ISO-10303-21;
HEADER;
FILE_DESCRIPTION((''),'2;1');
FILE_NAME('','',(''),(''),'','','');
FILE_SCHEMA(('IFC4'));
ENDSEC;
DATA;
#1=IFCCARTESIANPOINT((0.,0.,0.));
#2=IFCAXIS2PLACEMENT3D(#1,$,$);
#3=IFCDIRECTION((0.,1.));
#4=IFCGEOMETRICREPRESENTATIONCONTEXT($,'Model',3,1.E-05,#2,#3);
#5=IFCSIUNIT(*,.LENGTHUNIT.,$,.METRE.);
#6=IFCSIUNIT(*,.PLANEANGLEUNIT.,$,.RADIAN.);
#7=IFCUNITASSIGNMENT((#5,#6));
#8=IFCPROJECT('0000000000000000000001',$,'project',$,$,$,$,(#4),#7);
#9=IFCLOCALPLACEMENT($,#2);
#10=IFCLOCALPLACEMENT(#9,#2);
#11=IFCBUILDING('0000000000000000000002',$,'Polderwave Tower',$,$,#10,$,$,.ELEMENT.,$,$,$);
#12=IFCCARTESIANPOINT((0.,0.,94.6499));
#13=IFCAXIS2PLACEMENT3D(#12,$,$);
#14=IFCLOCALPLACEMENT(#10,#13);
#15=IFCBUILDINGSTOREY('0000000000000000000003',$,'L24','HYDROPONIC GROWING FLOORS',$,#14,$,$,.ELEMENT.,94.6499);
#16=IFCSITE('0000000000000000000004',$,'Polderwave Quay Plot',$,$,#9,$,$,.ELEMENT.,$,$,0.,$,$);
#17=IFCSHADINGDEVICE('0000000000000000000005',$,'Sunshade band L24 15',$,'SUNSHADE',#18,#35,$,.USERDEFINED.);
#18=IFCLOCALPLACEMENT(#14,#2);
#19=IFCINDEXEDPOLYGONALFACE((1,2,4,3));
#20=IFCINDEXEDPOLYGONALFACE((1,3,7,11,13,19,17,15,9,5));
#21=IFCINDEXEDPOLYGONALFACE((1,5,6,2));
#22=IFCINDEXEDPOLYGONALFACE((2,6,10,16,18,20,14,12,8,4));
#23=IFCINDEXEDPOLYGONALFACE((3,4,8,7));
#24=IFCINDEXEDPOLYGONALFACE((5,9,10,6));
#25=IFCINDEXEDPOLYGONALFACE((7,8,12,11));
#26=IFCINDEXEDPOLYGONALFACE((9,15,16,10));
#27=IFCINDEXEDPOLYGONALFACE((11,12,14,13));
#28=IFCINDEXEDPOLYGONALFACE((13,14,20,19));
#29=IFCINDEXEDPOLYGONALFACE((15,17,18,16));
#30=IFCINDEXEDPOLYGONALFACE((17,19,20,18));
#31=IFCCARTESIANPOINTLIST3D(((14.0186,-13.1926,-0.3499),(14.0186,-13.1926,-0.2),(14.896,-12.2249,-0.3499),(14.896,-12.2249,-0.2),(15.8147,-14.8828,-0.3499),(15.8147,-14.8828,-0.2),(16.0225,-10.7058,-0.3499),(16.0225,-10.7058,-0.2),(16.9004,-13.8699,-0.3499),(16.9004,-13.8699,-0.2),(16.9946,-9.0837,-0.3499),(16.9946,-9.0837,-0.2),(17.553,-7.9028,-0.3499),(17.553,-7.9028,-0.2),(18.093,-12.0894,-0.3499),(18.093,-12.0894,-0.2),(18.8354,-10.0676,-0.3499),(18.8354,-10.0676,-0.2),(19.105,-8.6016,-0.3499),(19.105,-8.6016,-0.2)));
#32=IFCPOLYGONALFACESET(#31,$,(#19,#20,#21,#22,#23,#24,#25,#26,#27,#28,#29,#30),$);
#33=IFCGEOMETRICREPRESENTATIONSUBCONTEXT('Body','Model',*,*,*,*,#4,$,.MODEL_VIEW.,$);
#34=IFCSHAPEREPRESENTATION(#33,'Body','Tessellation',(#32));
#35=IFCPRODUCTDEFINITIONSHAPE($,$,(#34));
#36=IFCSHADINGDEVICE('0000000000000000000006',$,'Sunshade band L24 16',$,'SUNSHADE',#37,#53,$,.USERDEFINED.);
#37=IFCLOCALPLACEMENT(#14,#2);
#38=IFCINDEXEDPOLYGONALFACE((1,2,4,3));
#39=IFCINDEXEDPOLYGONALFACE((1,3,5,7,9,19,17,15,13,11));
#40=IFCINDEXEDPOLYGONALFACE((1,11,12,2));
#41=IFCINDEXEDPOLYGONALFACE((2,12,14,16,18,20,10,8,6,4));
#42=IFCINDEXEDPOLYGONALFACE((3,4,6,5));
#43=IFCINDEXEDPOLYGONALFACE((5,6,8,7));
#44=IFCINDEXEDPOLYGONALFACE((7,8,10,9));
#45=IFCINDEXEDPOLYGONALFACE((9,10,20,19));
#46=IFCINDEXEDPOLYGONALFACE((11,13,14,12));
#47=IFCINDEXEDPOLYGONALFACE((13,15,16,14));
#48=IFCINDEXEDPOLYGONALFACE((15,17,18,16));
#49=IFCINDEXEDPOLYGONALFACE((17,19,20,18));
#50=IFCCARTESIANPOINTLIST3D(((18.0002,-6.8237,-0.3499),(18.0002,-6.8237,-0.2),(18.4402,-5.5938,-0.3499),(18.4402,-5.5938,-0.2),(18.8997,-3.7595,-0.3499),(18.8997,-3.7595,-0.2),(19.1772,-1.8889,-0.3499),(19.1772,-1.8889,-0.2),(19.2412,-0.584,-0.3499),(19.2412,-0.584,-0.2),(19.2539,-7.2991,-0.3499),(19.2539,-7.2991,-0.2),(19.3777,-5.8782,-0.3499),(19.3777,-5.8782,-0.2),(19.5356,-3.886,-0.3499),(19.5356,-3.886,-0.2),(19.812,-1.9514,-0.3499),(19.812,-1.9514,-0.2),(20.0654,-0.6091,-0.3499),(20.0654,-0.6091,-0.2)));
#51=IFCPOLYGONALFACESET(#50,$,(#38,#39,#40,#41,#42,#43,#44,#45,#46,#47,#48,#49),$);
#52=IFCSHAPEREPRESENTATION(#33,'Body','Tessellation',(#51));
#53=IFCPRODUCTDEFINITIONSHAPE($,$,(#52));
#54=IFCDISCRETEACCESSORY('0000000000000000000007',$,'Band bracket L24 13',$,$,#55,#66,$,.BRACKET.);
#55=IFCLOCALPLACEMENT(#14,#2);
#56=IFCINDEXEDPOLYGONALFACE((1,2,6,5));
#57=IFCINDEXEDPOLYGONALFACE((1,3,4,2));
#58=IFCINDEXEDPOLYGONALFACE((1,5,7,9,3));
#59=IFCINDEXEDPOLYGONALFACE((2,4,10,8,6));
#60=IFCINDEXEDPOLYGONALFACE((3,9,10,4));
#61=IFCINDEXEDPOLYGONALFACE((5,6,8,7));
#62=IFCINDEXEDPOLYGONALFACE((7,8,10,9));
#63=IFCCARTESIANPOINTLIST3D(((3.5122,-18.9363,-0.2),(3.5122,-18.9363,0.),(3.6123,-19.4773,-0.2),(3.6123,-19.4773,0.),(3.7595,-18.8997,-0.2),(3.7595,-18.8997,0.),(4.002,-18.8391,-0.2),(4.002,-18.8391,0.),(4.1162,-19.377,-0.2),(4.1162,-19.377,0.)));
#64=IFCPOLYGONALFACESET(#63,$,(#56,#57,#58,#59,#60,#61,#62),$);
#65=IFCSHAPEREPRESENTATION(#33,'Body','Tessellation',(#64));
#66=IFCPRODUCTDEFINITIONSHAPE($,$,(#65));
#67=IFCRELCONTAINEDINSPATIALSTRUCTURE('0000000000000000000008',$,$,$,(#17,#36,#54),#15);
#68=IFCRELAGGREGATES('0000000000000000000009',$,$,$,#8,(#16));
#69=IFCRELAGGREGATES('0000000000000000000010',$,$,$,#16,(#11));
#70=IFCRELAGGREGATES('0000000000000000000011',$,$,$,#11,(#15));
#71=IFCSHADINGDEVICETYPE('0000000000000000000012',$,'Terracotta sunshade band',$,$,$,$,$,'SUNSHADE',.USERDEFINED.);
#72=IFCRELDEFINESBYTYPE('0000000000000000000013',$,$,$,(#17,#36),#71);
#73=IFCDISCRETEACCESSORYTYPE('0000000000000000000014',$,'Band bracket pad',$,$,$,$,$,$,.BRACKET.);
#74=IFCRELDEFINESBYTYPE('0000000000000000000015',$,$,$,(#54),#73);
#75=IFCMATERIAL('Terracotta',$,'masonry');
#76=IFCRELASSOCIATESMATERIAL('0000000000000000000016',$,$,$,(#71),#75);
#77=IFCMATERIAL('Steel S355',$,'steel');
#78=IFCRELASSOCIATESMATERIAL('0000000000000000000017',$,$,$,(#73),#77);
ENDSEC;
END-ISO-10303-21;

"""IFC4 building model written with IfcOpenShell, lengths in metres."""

from ifc_helpers import new_model, si_unit, direction, frame, origin, place, context, subcontext, project, spatial, polyline, outline, extrude, material, type_object, element, save


model = new_model("IFC4")

# Units and contexts
model_context = context("Model", 3, precision=1e-05, world=origin(), true_north=direction((0.0, 1.0)))
body_context = subcontext(model_context, "Body", "Model", "MODEL_VIEW")
ifc_project = project(units=[si_unit("LENGTHUNIT", "METRE"), si_unit("PLANEANGLEUNIT", "RADIAN")], contexts=[model_context])

# Site, building, storey
site_placement = place(None, origin())
site = spatial("IfcSite", under=ifc_project, at=site_placement, Name="Polderwave Quay Plot", CompositionType="ELEMENT", RefElevation=0.0)
building_placement = place(site_placement, origin())
building = spatial("IfcBuilding", under=site, at=building_placement, Name="Polderwave Tower", CompositionType="ELEMENT")
storey_placement = place(building_placement, frame((0.0, 0.0, 94.6499)))
storey = spatial("IfcBuildingStorey", under=building, at=storey_placement, Name="L24", Description="HYDROPONIC GROWING FLOORS", CompositionType="ELEMENT", Elevation=94.6499)

# Shading devices
ifc_material_1 = material(Name="Terracotta", Category="masonry")
shading_device_type = type_object("IfcShadingDeviceType", Name="Terracotta sunshade band", ElementType="SUNSHADE", PredefinedType="USERDEFINED", material=ifc_material_1)
shading_device_1_placement = place(storey_placement, frame((0.0, 0.0, -0.3499)))
element("IfcShadingDevice", 1, at=shading_device_1_placement, inside=storey, type_object=shading_device_type, Name="Sunshade band L24 15", ObjectType="SUNSHADE", PredefinedType="USERDEFINED", context=body_context, shape_type="SweptSolid", body=[
    extrude(outline(polyline([(14.0186, -13.1926), (14.896, -12.2249), (16.0225, -10.7058), (16.9946, -9.0837), (17.553, -7.9028), (19.105, -8.6016), (18.8354, -10.0676), (18.093, -12.0894), (16.9004, -13.8699), (15.8147, -14.8828), (14.0186, -13.1926)])), origin(), (0.0, 0.0, 1.0), 0.1499),
])
shading_device_2_placement = place(storey_placement, frame((0.0, 0.0, -0.3499)))
element("IfcShadingDevice", 2, at=shading_device_2_placement, inside=storey, type_object=shading_device_type, Name="Sunshade band L24 16", ObjectType="SUNSHADE", PredefinedType="USERDEFINED", context=body_context, shape_type="SweptSolid", body=[
    extrude(outline(polyline([(18.0002, -6.8237), (18.4402, -5.5938), (18.8997, -3.7595), (19.1772, -1.8889), (19.2412, -0.584), (20.0654, -0.6091), (19.812, -1.9514), (19.5356, -3.886), (19.3777, -5.8782), (19.2539, -7.2991), (18.0002, -6.8237)])), origin(), (0.0, 0.0, 1.0), 0.1499),
])

# Discrete accessory
ifc_material_2 = material(Name="Steel S355", Category="steel")
discrete_accessory_type = type_object("IfcDiscreteAccessoryType", Name="Band bracket pad", PredefinedType="BRACKET", material=ifc_material_2)
discrete_accessory_placement = place(storey_placement, frame((0.0, 0.0, -0.2)))
element("IfcDiscreteAccessory", 3, at=discrete_accessory_placement, inside=storey, type_object=discrete_accessory_type, Name="Band bracket L24 13", PredefinedType="BRACKET", context=body_context, shape_type="SweptSolid", body=[
    extrude(outline(polyline([(3.5122, -18.9363), (3.7595, -18.8997), (4.002, -18.8391), (4.1162, -19.377), (3.6123, -19.4773), (3.5122, -18.9363)])), origin(), (0.0, 0.0, 1.0), 0.2),
])

save(model, "model.ifc")
